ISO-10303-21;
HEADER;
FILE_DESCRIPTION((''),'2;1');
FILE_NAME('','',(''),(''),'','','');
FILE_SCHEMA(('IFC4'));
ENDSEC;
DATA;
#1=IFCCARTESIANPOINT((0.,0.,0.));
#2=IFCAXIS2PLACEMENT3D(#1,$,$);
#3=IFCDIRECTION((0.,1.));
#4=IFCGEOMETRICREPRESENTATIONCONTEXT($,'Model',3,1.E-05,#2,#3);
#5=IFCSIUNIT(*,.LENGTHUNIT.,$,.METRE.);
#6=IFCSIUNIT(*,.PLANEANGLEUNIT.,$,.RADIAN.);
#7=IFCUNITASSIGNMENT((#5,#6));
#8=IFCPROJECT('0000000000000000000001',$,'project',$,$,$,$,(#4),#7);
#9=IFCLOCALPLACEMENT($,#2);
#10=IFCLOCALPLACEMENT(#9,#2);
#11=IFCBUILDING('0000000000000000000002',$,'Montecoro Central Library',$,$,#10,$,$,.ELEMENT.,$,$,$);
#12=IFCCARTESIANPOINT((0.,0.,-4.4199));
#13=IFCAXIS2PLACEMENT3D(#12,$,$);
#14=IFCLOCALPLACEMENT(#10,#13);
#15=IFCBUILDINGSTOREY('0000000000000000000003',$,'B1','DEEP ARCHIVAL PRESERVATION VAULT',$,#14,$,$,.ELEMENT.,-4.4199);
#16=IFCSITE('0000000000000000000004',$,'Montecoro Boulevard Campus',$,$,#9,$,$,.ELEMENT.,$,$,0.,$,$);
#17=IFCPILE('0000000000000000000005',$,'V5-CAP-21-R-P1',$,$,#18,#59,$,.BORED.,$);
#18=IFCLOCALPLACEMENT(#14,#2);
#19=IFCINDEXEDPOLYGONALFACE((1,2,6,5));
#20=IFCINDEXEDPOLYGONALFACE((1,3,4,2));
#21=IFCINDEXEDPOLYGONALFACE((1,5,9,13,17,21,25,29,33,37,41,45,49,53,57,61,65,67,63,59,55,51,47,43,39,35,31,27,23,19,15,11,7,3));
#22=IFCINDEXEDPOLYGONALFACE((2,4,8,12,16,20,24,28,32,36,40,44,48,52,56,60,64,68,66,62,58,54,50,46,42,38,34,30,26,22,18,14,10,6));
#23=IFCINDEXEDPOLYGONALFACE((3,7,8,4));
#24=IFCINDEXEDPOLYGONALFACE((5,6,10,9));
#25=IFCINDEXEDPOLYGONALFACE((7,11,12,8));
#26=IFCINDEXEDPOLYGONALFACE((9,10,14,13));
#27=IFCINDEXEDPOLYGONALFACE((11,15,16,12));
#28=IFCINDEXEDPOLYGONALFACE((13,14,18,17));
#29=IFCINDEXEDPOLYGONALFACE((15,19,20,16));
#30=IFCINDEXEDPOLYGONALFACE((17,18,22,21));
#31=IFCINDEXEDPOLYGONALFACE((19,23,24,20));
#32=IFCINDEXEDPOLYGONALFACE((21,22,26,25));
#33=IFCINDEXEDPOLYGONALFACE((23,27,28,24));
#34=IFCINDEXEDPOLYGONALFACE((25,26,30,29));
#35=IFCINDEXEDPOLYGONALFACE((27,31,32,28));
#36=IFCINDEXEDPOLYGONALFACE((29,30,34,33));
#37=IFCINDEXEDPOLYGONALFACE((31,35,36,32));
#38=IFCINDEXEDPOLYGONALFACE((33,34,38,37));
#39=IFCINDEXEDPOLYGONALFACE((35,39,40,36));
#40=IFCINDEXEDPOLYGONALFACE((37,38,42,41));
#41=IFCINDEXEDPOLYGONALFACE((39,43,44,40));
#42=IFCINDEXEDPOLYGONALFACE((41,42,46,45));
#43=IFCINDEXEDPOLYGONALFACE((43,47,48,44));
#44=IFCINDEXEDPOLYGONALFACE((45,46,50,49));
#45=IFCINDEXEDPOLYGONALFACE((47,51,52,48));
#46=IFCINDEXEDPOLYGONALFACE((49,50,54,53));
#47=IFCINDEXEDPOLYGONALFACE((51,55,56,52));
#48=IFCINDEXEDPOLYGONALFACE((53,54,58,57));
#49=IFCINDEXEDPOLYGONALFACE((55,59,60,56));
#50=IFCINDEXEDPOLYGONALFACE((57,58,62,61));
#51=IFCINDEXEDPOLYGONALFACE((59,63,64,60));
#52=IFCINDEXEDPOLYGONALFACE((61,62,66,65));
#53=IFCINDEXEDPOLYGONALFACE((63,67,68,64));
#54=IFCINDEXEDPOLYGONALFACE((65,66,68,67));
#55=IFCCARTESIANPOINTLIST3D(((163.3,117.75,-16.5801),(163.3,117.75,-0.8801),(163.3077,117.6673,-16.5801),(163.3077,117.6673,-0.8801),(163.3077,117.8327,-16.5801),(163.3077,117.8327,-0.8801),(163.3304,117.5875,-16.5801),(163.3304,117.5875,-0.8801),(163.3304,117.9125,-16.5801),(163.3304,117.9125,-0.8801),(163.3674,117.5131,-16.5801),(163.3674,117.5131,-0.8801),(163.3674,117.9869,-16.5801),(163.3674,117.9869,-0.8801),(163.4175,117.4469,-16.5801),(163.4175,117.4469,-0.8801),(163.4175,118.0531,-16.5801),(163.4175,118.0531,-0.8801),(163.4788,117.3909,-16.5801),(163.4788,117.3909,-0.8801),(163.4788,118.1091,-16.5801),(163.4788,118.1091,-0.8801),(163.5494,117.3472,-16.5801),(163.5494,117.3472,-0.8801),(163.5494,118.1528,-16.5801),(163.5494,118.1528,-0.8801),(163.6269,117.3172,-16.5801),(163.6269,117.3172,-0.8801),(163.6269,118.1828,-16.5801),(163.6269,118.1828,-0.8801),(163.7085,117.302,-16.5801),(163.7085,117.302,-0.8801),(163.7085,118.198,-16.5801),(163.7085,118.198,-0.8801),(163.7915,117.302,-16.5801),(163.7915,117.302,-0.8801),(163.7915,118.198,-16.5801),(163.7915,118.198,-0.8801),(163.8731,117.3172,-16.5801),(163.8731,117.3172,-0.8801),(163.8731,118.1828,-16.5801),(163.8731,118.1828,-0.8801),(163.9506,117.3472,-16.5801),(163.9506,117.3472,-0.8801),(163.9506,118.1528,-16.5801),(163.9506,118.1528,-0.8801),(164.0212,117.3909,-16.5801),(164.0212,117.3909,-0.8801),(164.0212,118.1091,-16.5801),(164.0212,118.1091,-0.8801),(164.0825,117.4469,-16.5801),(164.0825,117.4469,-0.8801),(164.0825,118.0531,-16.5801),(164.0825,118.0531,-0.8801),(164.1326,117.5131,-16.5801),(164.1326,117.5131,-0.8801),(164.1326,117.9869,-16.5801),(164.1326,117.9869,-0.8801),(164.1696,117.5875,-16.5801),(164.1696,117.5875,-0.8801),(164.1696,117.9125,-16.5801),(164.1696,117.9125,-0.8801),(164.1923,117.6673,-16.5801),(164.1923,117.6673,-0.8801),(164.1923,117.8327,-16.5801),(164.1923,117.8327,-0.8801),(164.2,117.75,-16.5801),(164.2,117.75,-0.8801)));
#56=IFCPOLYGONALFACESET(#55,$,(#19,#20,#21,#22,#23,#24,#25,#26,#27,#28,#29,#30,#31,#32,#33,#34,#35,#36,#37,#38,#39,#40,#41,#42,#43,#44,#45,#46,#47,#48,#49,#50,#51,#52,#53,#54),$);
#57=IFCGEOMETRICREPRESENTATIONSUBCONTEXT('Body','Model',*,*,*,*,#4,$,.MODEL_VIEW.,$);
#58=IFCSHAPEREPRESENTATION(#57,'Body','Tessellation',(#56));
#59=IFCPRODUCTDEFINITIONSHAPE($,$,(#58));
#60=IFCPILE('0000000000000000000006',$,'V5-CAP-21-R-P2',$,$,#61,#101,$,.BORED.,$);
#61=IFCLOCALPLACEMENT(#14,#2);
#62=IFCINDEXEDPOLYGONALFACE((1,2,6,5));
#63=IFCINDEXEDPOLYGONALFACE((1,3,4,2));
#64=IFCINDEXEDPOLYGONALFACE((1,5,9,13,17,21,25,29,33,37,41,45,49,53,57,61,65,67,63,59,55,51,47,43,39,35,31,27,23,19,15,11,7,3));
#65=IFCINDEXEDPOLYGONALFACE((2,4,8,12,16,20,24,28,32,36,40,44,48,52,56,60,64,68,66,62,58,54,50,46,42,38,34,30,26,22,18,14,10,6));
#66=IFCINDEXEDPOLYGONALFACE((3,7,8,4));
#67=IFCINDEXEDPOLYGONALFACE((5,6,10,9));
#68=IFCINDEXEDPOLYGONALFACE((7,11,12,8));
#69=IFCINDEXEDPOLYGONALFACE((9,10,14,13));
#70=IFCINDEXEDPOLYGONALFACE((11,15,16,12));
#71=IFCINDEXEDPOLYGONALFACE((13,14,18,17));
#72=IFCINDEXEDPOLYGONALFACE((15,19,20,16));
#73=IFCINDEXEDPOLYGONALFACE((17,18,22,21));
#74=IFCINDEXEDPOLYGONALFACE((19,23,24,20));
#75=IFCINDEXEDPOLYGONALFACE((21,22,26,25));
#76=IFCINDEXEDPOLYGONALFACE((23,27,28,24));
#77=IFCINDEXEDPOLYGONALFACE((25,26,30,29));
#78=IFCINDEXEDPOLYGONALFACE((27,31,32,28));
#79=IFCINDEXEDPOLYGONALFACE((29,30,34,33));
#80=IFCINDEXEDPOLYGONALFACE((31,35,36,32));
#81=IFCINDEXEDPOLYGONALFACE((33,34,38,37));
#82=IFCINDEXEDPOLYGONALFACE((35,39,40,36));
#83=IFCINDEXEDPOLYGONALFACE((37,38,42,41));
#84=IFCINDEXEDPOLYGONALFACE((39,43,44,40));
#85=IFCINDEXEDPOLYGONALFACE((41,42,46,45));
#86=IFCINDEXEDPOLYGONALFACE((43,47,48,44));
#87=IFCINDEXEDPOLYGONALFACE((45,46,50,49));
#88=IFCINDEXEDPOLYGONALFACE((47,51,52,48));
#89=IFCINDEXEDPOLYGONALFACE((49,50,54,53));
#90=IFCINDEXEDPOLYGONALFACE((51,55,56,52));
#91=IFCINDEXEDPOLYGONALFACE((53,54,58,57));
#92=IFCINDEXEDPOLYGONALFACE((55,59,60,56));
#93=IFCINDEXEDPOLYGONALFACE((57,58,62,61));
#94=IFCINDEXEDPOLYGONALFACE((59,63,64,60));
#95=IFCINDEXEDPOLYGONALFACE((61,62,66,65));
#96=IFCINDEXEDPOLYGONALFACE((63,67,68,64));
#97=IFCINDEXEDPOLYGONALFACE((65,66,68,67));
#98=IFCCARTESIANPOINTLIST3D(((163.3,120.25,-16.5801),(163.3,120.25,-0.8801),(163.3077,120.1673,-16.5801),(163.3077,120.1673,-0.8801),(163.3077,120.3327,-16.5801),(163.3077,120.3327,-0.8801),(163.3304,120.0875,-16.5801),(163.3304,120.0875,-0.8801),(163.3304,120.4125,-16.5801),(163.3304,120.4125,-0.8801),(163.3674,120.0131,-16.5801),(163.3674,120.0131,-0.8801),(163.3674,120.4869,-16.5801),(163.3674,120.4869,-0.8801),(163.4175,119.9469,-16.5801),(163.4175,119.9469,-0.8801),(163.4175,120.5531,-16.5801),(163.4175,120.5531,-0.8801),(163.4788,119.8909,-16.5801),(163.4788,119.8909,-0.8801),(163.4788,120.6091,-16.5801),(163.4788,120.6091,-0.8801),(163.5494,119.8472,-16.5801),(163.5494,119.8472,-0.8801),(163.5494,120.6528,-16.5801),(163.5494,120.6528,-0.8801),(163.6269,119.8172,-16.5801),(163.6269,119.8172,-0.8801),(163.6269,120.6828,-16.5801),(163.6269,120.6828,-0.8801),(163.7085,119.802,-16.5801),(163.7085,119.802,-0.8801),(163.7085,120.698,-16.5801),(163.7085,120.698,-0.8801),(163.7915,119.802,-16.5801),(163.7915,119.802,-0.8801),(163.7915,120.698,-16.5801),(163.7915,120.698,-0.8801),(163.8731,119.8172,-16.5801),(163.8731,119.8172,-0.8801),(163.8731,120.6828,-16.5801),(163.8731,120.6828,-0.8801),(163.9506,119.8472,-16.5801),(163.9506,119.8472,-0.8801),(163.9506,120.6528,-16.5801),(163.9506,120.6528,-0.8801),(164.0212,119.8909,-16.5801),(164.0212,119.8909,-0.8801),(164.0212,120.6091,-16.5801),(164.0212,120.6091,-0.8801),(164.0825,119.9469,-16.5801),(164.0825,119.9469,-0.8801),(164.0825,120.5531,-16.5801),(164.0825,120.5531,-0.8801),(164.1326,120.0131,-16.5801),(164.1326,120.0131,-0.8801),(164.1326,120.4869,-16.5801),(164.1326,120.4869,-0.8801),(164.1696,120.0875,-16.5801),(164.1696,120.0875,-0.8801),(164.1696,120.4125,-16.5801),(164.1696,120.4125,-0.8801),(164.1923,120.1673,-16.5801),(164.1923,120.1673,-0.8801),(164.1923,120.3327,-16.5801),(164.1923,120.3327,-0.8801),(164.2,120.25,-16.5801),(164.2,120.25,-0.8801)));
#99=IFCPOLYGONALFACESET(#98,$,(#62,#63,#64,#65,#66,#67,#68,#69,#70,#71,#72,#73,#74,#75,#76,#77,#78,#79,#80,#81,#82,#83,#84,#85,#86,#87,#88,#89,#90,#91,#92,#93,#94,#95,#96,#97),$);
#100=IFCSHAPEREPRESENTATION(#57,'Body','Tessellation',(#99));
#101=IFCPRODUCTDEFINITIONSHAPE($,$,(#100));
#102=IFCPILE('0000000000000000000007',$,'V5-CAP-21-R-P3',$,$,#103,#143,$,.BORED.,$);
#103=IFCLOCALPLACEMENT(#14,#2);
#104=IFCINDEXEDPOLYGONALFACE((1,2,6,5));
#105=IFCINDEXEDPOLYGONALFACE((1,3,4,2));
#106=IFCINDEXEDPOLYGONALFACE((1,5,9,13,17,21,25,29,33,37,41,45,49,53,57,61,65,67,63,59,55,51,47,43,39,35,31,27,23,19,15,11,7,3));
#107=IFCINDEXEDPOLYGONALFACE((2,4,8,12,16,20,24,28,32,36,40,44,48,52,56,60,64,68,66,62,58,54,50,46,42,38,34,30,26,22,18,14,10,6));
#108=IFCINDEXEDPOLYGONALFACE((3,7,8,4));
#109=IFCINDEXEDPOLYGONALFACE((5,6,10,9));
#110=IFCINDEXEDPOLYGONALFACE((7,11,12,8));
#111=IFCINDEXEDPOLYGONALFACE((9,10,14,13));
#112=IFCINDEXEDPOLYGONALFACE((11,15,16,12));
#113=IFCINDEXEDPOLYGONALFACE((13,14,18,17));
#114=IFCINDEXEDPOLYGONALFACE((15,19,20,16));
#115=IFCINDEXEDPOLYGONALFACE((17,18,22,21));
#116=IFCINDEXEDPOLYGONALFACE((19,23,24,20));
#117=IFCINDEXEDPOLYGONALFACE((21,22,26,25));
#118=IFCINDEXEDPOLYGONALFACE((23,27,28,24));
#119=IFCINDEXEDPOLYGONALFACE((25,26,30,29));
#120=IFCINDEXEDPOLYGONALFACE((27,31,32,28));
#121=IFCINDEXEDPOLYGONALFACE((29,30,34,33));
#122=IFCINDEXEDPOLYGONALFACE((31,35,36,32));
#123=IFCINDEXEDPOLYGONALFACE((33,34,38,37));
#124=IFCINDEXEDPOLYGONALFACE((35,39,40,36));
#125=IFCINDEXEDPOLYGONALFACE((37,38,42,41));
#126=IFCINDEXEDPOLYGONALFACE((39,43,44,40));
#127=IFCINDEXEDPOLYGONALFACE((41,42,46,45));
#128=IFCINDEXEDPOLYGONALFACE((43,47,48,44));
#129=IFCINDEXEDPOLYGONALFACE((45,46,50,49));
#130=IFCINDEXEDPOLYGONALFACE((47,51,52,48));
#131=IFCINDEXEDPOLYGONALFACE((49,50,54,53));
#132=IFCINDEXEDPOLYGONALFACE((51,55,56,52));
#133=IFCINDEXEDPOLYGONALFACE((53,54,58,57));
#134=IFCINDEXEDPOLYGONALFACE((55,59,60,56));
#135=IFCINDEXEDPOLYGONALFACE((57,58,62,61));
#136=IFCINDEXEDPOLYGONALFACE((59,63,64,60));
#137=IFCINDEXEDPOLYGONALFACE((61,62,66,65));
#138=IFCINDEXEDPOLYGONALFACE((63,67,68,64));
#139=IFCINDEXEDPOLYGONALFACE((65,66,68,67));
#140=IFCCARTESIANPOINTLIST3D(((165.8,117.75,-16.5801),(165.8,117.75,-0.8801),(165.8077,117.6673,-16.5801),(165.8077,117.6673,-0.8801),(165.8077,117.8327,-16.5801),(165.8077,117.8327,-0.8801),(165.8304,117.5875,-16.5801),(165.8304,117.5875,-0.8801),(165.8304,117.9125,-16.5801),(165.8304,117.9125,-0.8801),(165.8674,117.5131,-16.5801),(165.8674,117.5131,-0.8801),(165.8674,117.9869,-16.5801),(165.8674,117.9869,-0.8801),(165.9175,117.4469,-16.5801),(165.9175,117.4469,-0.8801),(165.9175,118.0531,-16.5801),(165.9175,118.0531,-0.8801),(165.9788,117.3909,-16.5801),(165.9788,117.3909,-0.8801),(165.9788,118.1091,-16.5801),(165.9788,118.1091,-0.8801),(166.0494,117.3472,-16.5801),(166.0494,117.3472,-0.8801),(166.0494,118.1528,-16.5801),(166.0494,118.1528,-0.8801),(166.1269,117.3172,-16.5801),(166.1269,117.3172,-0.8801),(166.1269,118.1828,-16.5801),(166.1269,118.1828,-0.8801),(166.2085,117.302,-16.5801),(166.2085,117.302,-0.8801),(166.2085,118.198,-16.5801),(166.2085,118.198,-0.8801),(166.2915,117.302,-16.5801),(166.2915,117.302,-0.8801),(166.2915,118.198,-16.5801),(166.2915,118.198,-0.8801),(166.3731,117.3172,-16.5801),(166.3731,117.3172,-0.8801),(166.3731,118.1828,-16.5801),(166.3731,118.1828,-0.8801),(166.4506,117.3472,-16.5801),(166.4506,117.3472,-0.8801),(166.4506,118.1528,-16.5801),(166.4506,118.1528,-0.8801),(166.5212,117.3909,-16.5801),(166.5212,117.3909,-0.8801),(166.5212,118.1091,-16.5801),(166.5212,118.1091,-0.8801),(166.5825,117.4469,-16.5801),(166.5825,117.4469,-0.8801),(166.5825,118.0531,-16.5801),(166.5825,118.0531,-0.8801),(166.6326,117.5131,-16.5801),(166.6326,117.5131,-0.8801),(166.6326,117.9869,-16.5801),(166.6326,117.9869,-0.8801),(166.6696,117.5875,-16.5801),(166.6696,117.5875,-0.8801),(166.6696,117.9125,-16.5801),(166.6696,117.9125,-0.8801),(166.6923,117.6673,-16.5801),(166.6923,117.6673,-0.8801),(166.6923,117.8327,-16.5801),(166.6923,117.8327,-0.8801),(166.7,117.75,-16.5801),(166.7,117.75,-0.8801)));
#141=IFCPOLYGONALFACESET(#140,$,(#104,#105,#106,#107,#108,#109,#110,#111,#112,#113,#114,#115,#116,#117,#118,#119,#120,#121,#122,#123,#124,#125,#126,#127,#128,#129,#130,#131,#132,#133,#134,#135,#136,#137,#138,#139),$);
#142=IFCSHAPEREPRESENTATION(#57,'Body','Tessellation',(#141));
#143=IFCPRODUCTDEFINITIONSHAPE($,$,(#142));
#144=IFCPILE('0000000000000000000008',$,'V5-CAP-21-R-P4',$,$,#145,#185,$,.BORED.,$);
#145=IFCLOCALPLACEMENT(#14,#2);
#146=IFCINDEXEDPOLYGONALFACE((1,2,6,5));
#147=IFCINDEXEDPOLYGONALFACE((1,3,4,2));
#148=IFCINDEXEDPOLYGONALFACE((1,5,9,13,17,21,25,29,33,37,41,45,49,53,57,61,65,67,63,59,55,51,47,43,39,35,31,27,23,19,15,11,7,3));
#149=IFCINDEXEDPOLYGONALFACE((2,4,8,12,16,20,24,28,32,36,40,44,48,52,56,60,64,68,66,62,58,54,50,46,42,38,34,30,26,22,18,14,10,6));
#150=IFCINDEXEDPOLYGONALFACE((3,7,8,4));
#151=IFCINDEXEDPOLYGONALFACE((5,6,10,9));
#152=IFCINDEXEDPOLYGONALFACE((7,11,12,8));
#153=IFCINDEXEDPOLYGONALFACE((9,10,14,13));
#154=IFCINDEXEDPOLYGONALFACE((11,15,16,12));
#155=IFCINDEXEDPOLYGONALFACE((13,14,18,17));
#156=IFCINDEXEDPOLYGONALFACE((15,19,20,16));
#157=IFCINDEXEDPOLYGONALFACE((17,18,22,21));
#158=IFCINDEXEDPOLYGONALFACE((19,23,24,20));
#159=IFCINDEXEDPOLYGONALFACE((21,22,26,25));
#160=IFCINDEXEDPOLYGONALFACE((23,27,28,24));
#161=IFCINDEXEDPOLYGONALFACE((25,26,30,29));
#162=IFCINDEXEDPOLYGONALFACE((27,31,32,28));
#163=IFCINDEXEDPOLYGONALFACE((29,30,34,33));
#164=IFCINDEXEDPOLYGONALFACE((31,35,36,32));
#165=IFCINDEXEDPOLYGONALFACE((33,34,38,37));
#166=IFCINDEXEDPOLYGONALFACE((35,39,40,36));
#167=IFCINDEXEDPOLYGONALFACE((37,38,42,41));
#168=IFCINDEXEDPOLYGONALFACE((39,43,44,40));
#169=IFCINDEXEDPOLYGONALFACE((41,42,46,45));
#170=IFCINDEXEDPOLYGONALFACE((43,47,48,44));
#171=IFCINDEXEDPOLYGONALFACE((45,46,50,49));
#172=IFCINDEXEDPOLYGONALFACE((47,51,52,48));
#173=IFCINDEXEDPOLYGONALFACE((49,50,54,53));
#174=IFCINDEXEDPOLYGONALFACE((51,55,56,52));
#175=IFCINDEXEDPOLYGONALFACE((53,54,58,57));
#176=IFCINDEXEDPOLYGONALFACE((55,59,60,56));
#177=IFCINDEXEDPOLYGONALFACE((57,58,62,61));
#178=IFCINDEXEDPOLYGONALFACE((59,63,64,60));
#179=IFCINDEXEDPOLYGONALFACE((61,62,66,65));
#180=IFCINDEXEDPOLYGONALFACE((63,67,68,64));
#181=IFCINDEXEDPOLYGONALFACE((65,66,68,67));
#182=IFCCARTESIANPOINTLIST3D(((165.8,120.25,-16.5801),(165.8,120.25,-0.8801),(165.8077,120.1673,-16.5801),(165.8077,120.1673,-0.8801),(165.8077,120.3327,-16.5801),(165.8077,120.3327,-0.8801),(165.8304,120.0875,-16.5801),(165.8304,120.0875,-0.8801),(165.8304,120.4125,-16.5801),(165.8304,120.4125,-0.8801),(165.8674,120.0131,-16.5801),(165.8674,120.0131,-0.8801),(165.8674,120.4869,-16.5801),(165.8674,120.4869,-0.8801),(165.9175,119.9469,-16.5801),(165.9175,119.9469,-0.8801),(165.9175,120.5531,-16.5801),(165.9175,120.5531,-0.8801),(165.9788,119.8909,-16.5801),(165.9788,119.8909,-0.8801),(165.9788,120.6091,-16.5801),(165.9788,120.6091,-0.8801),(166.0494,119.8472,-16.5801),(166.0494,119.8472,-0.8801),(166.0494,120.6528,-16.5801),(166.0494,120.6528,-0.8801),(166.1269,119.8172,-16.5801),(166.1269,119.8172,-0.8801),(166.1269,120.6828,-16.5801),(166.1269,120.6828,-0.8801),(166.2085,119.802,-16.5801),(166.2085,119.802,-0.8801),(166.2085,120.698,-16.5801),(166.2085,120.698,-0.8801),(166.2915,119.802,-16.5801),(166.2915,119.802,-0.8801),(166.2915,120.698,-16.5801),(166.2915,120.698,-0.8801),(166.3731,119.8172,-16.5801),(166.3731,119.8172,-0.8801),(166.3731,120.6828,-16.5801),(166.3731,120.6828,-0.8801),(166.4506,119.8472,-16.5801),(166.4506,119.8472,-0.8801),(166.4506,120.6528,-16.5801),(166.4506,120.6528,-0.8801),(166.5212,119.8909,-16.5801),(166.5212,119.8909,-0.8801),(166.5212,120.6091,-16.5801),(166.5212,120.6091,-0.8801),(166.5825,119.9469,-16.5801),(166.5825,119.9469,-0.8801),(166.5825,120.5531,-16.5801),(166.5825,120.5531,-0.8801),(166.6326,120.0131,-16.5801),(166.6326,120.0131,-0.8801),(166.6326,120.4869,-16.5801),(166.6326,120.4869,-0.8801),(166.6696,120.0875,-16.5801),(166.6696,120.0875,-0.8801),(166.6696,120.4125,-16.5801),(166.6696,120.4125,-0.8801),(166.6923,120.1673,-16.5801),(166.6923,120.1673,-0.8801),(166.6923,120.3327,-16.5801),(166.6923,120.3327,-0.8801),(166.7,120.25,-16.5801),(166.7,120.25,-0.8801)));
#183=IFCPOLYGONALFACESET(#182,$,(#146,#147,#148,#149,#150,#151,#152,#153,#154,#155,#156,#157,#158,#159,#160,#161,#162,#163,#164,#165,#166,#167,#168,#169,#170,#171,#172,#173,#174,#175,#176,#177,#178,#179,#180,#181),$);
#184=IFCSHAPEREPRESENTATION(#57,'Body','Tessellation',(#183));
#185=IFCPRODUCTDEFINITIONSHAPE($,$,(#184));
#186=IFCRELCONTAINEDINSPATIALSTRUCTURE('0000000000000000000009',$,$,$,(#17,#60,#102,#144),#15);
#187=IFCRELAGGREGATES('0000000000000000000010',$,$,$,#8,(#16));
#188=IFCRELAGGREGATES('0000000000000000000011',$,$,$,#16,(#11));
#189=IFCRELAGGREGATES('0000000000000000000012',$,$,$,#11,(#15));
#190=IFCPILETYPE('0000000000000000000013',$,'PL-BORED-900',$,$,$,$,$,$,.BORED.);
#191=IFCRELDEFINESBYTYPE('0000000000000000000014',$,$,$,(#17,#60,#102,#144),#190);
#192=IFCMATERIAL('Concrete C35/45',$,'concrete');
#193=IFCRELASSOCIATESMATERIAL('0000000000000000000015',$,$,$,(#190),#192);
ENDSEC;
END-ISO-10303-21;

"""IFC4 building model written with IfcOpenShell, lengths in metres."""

from ifc_helpers import new_model, si_unit, direction, frame, origin, origin_2d, place, context, subcontext, project, spatial, circle, extrude, material, material_profile, profile_set, type_object, element, save


model = new_model("IFC4")

# Units and contexts
model_context = context("Model", 3, precision=1e-05, world=origin(), true_north=direction((0.0, 1.0)))
body_context = subcontext(model_context, "Body", "Model", "MODEL_VIEW")
ifc_project = project(units=[si_unit("LENGTHUNIT", "METRE"), si_unit("PLANEANGLEUNIT", "RADIAN")], contexts=[model_context])

# Site, building, storey
site_placement = place(None, origin())
site = spatial("IfcSite", under=ifc_project, at=site_placement, Name="Montecoro Boulevard Campus", CompositionType="ELEMENT", RefElevation=0.0)
building_placement = place(site_placement, origin())
building = spatial("IfcBuilding", under=site, at=building_placement, Name="Montecoro Central Library", CompositionType="ELEMENT")
storey_placement = place(building_placement, frame((0.0, 0.0, -4.4199)))
storey = spatial("IfcBuildingStorey", under=building, at=storey_placement, Name="B1", Description="DEEP ARCHIVAL PRESERVATION VAULT", CompositionType="ELEMENT", Elevation=-4.4199)

# Shared definitions
ifc_material_1 = material(Name="Concrete C35/45", Category="concrete")

# Piles
ifc_material_profile_1 = material_profile(ifc_material_1, circle(Radius=0.45, at=origin_2d()), Name="PILE D900")
ifc_profile_set_1 = profile_set([ifc_material_profile_1], Name="Concrete C35/45")
pile_type = type_object("IfcPileType", Name="PL-BORED-900", PredefinedType="BORED", material=ifc_profile_set_1)
for number, where, z_axis, x_axis, name in (
    (1, (163.75, 117.75, -0.8801), (0.0, 0.0, -1.0), (1.0, 0.0, 0.0), "V5-CAP-21-R-P1"),
    (2, (163.75, 120.25, -0.8801), (0.0, 0.0, -1.0), (1.0, 0.0, 0.0), "V5-CAP-21-R-P2"),
    (3, (166.25, 117.75, -0.8801), (0.0, 0.0, -1.0), (1.0, 0.0, 0.0), "V5-CAP-21-R-P3"),
    (4, (166.25, 120.25, -0.8801), (0.0, 0.0, -1.0), (1.0, 0.0, 0.0), "V5-CAP-21-R-P4"),
):
    element("IfcPile", number, at=place(storey_placement, frame(where, z_axis=z_axis, x_axis=x_axis)), inside=storey, type_object=pile_type, Name=name, PredefinedType="BORED", context=body_context, shape_type="SweptSolid", body=[
        extrude(circle(Radius=0.45, at=origin_2d()), origin(), (0.0, 0.0, 1.0), 15.7),
    ])

save(model, "model.ifc")
